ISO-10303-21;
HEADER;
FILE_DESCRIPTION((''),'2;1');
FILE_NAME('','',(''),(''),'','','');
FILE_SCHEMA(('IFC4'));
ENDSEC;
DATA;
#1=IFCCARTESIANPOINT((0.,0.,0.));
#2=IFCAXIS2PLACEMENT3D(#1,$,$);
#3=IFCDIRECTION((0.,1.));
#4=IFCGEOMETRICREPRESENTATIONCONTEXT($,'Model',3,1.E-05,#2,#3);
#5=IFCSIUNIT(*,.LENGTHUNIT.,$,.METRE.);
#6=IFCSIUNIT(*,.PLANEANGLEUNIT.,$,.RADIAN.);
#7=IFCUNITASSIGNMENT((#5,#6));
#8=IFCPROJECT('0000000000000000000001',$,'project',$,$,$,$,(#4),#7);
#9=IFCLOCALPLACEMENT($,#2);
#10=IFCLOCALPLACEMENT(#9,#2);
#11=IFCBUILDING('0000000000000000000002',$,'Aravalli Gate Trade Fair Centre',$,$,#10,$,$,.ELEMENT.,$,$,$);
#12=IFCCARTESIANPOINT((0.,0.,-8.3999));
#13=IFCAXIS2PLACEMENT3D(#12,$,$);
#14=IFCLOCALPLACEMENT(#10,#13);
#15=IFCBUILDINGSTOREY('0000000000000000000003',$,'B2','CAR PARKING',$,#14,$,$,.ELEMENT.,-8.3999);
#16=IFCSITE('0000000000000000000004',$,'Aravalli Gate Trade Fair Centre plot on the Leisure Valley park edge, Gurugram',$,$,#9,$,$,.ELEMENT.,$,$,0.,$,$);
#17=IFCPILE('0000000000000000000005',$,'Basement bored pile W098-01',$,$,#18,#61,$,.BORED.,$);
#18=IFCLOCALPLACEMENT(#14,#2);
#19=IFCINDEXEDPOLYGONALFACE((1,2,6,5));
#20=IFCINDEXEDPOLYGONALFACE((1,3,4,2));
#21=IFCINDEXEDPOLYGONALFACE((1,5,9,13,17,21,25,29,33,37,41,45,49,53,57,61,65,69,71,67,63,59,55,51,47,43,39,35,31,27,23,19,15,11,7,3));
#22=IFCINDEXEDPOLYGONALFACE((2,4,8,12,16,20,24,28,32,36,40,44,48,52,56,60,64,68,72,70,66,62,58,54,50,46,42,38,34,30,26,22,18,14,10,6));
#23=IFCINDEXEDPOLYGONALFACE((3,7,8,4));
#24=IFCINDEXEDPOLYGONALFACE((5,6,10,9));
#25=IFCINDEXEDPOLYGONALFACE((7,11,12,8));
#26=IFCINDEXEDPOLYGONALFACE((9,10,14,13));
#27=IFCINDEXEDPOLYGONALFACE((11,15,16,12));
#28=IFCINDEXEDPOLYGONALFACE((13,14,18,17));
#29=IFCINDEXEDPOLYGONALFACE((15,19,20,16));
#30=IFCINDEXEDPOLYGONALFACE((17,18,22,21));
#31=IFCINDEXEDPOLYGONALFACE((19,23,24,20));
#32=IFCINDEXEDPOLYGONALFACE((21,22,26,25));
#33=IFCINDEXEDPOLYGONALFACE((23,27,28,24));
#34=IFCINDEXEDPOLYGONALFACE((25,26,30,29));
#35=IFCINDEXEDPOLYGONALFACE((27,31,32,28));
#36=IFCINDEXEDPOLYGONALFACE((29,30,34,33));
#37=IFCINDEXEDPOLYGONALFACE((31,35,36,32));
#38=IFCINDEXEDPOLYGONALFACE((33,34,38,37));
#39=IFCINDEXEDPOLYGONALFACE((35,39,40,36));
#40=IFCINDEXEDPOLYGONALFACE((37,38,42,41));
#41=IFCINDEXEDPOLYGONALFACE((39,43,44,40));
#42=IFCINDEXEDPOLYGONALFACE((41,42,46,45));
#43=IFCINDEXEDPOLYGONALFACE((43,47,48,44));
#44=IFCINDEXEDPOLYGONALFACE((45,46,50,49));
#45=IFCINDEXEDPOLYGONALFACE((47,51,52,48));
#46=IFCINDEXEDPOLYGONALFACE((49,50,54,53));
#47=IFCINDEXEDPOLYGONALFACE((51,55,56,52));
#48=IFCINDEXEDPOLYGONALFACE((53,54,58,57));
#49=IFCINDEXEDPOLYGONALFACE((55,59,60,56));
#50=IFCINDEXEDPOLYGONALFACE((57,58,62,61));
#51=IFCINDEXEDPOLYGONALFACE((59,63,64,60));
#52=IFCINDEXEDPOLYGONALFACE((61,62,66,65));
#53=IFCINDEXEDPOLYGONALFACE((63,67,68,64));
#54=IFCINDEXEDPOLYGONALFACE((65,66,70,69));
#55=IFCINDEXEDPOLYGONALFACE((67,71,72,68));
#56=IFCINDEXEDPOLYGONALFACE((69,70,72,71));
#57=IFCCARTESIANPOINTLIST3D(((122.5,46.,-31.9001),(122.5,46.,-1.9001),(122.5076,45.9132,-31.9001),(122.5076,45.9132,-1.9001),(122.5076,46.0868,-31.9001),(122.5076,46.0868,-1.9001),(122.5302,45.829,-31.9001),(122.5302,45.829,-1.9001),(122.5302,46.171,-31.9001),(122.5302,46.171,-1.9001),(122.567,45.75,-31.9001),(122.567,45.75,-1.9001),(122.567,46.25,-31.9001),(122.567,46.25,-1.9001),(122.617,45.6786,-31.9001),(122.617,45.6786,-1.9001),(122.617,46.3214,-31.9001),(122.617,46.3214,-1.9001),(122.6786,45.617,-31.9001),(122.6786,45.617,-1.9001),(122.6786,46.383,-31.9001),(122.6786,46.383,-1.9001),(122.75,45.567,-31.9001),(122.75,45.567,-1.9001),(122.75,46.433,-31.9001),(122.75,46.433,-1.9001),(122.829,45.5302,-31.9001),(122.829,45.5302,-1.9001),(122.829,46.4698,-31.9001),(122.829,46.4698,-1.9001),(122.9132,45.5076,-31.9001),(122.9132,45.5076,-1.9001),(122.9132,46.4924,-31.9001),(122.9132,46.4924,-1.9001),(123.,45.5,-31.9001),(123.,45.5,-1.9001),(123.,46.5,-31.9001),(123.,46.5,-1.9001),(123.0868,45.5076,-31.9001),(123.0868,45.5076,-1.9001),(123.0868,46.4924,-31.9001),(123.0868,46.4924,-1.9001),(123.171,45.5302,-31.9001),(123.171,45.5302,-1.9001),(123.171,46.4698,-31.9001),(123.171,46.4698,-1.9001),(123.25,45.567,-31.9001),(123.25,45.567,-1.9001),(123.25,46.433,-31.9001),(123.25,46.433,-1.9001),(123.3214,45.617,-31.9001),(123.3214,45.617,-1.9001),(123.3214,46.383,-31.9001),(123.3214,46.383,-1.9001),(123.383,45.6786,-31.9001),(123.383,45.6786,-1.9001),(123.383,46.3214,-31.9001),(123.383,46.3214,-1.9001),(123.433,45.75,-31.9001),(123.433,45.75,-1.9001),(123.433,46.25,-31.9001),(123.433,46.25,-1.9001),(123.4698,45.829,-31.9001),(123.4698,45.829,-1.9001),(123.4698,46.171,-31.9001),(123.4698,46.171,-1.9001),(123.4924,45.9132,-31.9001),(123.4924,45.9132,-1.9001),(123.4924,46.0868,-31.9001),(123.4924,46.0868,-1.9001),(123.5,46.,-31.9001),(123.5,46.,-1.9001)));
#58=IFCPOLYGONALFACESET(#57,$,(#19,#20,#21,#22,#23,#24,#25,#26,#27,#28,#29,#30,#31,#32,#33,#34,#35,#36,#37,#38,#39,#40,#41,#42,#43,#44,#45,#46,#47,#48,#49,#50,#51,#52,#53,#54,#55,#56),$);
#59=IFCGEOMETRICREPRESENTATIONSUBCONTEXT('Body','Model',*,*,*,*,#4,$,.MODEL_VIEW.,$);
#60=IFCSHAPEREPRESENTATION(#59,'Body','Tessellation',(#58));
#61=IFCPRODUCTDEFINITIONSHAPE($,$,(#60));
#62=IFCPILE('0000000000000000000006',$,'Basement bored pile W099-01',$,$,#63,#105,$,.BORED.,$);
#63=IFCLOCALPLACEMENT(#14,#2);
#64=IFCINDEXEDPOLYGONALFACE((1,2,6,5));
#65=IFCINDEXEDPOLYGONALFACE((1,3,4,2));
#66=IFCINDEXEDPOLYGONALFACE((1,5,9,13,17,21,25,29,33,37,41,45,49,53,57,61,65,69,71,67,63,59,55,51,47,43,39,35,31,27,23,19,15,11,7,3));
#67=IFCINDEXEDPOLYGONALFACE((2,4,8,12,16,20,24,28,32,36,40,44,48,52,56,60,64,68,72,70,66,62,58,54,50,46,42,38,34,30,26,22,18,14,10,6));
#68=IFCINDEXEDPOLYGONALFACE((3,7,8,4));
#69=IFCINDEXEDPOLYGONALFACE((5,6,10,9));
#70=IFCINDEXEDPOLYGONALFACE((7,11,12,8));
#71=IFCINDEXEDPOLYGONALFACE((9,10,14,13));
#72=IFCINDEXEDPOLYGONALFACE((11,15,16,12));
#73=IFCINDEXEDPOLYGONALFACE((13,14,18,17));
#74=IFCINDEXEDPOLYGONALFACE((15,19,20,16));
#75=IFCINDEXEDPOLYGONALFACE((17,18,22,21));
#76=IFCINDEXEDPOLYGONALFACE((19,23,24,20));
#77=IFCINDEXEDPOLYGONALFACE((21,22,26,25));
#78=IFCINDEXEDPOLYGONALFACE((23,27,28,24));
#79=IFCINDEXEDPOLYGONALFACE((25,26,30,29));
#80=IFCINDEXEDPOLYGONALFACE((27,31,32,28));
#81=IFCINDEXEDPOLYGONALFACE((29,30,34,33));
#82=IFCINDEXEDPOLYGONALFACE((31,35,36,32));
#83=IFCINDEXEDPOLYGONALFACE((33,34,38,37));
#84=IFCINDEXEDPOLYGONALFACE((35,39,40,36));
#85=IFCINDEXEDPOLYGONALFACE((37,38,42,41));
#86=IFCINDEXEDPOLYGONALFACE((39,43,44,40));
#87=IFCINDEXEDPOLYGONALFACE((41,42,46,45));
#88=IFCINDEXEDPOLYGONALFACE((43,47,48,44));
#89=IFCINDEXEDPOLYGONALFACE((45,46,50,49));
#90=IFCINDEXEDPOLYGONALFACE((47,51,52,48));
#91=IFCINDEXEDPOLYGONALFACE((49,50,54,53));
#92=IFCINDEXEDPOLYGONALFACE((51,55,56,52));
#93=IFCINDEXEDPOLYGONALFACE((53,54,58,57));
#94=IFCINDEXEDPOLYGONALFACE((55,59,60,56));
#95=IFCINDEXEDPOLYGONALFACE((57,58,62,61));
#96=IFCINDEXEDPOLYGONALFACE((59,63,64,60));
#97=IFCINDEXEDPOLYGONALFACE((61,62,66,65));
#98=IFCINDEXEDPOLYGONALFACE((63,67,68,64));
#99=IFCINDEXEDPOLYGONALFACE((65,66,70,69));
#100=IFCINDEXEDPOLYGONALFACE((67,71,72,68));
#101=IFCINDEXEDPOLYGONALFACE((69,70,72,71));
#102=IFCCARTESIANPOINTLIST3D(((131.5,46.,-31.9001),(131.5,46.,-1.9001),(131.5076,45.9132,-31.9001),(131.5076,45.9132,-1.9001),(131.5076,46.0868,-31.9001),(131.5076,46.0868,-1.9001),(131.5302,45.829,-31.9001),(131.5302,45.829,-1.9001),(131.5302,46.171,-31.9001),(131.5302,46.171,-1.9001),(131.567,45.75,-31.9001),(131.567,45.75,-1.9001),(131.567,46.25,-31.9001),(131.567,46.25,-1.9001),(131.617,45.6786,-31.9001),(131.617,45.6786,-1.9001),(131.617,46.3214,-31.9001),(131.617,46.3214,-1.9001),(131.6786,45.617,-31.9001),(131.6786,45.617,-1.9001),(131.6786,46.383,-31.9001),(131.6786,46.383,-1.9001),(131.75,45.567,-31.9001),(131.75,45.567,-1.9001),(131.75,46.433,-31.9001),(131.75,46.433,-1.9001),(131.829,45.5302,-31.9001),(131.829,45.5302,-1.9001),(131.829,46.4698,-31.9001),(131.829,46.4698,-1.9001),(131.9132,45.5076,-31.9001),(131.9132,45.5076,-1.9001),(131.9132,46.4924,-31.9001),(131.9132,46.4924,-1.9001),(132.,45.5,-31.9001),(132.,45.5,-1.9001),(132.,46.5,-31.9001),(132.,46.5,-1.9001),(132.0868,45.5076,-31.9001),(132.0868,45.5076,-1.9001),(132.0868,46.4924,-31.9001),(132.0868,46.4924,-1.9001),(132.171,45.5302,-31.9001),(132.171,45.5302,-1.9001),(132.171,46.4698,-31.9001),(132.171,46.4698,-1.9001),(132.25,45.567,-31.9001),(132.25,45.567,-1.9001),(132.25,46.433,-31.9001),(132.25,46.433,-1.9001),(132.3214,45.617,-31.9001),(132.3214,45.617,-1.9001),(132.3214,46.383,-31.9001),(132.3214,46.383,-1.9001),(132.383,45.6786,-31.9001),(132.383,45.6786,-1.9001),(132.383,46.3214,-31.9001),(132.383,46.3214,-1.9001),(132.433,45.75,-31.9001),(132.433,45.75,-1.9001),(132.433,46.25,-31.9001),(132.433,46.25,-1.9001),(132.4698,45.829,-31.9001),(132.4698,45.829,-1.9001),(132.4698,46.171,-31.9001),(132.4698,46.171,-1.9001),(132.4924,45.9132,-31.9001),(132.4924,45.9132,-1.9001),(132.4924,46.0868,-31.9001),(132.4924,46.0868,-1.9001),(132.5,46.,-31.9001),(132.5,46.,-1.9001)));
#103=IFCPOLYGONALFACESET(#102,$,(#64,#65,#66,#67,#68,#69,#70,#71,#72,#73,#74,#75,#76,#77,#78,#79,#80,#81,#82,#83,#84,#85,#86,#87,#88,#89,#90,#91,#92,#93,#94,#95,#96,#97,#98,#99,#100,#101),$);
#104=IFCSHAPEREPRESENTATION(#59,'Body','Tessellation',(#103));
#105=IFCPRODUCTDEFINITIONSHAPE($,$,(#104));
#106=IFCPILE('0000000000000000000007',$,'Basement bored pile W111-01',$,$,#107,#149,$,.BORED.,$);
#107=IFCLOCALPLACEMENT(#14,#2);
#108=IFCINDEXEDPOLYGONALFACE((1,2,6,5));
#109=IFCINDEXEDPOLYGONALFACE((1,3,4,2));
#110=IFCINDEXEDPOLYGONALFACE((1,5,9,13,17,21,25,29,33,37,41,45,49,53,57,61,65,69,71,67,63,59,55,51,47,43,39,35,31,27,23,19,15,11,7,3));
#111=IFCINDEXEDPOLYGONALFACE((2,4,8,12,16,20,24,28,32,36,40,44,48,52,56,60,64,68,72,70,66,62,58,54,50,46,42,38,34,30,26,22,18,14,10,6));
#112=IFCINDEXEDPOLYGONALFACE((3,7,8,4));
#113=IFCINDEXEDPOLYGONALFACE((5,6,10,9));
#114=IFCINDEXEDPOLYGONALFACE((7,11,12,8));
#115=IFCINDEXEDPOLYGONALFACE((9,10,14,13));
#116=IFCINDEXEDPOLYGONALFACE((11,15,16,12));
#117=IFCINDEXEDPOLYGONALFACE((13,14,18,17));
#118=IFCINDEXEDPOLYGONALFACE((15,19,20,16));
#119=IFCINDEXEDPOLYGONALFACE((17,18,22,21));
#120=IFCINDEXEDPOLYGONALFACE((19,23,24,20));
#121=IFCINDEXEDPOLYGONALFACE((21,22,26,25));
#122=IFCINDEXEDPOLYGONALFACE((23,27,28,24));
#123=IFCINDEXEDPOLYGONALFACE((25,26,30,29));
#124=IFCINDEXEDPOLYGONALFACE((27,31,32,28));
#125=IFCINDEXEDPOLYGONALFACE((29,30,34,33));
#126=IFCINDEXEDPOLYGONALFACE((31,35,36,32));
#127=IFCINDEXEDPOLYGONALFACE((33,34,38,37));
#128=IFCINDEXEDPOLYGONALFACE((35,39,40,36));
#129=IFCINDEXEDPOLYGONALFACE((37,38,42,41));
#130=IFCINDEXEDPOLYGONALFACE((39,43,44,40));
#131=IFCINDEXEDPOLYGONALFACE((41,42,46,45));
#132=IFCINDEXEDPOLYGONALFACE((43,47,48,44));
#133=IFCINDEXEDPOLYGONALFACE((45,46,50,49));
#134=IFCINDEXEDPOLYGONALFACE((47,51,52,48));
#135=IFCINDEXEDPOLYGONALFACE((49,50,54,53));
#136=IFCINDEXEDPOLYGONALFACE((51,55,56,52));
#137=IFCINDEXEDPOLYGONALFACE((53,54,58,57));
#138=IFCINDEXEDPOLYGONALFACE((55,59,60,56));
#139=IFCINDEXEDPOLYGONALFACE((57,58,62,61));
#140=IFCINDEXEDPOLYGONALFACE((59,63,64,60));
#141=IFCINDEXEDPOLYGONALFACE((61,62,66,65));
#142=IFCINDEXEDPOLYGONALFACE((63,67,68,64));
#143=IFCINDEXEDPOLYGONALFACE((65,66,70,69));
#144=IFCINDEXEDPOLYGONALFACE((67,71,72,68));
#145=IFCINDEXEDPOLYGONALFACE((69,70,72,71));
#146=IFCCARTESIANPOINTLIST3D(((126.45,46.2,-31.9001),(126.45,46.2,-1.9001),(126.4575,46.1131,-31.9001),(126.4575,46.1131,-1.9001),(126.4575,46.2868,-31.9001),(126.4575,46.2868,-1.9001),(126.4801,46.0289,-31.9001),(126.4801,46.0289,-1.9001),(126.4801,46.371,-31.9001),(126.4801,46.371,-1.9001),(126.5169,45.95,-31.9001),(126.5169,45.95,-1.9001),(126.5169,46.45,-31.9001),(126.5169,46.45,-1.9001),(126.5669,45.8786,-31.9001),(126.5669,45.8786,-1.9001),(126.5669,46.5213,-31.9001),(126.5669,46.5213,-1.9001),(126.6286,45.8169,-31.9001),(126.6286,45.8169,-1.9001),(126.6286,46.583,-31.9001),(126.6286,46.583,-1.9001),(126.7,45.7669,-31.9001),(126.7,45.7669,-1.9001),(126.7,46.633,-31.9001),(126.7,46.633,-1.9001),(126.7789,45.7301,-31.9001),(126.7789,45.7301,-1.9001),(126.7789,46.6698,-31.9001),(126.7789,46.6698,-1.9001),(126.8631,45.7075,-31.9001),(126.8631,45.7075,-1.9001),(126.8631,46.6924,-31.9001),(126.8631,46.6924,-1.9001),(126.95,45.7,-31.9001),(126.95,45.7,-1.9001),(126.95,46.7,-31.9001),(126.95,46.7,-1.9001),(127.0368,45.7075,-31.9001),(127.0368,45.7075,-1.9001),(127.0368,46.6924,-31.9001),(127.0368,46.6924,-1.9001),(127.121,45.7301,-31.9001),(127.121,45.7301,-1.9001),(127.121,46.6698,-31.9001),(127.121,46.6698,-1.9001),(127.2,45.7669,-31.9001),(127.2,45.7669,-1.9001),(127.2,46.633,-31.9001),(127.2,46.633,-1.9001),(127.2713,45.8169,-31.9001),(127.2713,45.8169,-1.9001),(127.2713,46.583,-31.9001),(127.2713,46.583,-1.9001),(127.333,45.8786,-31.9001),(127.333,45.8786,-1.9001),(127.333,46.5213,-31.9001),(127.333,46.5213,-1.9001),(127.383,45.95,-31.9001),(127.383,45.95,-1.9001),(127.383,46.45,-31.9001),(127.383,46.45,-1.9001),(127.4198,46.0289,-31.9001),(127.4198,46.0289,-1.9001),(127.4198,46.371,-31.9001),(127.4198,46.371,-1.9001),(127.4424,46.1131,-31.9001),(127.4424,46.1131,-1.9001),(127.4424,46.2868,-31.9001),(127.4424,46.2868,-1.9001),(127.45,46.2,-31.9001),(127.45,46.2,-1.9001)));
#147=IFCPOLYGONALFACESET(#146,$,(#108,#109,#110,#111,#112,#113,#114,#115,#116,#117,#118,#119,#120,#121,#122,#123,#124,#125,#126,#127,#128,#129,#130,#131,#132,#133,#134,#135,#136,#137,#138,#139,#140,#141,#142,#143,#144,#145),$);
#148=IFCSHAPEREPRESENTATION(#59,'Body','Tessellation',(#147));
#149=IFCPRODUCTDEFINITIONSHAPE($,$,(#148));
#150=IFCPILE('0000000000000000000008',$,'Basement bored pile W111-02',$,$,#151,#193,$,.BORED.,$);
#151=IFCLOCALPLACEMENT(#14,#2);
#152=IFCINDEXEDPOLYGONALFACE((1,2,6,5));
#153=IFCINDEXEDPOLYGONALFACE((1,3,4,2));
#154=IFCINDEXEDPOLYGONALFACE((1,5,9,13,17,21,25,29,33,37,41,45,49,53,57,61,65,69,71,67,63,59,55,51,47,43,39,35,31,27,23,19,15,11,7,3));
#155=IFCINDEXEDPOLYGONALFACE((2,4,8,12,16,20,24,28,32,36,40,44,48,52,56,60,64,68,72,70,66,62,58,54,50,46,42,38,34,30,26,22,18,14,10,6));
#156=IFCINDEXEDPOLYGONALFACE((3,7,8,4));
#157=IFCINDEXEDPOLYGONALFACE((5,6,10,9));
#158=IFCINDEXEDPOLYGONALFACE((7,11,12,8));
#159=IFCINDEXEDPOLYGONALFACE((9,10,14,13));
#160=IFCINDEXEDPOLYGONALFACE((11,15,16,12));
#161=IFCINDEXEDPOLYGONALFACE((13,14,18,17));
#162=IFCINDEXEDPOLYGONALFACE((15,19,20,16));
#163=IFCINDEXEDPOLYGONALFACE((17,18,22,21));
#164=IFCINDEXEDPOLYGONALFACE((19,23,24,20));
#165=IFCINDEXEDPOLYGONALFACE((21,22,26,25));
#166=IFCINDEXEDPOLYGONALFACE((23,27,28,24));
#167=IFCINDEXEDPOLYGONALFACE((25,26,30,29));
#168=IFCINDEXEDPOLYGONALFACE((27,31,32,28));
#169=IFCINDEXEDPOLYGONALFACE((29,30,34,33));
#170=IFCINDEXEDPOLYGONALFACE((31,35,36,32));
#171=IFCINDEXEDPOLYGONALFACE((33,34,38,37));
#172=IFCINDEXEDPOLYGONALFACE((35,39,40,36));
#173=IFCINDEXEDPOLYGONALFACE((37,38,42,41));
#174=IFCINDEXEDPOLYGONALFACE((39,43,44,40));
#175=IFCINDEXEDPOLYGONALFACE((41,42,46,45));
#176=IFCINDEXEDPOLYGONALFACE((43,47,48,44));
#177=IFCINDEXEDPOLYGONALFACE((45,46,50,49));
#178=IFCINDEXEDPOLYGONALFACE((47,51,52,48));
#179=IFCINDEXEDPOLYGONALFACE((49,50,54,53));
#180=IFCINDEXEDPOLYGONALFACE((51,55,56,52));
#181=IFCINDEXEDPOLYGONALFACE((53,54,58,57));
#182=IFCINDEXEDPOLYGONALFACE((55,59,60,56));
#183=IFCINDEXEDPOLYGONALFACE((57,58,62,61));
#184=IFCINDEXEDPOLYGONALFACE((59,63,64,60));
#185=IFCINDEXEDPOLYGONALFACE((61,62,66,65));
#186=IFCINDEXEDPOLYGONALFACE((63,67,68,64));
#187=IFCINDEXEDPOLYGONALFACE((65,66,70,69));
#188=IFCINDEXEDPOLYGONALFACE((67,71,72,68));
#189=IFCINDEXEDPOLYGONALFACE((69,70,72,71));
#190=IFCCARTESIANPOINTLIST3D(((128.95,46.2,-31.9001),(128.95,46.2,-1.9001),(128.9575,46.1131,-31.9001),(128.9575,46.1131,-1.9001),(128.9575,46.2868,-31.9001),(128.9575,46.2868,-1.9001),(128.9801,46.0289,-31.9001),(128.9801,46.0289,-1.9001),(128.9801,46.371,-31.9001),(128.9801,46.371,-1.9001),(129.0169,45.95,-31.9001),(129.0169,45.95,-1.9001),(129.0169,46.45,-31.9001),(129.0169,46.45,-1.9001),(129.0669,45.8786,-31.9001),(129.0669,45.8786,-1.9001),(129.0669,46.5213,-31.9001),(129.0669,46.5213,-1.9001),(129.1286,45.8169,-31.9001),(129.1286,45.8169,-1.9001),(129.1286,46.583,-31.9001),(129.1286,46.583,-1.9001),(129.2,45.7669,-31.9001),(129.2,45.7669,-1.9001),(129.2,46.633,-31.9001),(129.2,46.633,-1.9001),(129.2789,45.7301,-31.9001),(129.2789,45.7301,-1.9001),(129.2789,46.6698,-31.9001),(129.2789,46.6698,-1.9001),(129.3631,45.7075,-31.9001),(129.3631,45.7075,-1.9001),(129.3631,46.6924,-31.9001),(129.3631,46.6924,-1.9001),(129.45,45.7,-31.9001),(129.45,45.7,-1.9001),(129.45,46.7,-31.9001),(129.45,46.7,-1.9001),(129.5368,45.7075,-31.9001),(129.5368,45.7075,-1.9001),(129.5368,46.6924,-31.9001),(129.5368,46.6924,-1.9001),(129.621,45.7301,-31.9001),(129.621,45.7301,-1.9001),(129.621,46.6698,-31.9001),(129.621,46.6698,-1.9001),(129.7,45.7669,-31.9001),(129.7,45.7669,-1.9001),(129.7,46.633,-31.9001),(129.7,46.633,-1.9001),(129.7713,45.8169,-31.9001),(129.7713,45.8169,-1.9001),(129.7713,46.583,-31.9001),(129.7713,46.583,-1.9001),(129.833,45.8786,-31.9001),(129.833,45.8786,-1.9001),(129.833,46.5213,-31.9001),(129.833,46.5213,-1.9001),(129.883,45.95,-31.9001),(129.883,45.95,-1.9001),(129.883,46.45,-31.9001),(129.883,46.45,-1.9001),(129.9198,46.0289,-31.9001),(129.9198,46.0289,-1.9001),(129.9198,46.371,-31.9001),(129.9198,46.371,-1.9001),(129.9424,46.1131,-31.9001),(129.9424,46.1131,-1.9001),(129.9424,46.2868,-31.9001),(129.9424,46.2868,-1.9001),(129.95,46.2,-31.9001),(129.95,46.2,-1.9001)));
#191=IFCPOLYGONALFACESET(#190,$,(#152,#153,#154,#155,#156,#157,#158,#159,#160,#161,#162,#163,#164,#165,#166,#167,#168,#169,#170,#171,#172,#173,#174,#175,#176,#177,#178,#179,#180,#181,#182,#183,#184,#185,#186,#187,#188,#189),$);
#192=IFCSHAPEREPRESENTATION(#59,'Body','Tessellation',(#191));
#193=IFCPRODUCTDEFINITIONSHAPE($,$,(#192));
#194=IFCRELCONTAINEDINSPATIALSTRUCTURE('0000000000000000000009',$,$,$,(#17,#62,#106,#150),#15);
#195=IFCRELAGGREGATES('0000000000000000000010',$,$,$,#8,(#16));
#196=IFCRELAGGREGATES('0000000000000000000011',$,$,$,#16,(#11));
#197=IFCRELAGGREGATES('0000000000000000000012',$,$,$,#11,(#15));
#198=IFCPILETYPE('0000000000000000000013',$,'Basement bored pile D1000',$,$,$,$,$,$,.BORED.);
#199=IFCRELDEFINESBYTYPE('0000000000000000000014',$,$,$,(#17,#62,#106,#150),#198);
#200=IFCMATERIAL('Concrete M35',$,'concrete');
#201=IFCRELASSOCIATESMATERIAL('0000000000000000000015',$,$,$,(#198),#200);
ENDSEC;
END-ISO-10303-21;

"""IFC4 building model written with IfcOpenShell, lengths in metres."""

from ifc_helpers import new_model, si_unit, direction, frame, origin, origin_2d, place, context, subcontext, project, spatial, circle, extrude, material, material_profile, profile_set, type_object, element, save


model = new_model("IFC4")

# Units and contexts
model_context = context("Model", 3, precision=1e-05, world=origin(), true_north=direction((0.0, 1.0)))
body_context = subcontext(model_context, "Body", "Model", "MODEL_VIEW")
ifc_project = project(units=[si_unit("LENGTHUNIT", "METRE"), si_unit("PLANEANGLEUNIT", "RADIAN")], contexts=[model_context])

# Site, building, storey
site_placement = place(None, origin())
site = spatial("IfcSite", under=ifc_project, at=site_placement, Name="Aravalli Gate Trade Fair Centre plot on the Leisure Valley park edge, Gurugram", CompositionType="ELEMENT", RefElevation=0.0)
building_placement = place(site_placement, origin())
building = spatial("IfcBuilding", under=site, at=building_placement, Name="Aravalli Gate Trade Fair Centre", CompositionType="ELEMENT")
storey_placement = place(building_placement, frame((0.0, 0.0, -8.3999)))
storey = spatial("IfcBuildingStorey", under=building, at=storey_placement, Name="B2", Description="CAR PARKING", CompositionType="ELEMENT", Elevation=-8.3999)

# Piles
ifc_material_1 = material(Name="Concrete M35", Category="concrete")
ifc_material_profile_1 = material_profile(ifc_material_1, circle(Radius=0.5, at=origin_2d()), Name="D1000")
ifc_profile_set_1 = profile_set([ifc_material_profile_1], Name="Concrete M35")
pile_type = type_object("IfcPileType", Name="Basement bored pile D1000", PredefinedType="BORED", material=ifc_profile_set_1)
for number, where, z_axis, x_axis, name in (
    (1, (123.0, 46.0, -1.9001), (0.0, 0.0, -1.0), (1.0, 0.0, 0.0), "Basement bored pile W098-01"),
    (2, (132.0, 46.0, -1.9001), (0.0, 0.0, -1.0), (1.0, 0.0, 0.0), "Basement bored pile W099-01"),
    (3, (126.95, 46.2, -1.9001), (0.0, 0.0, -1.0), (1.0, 0.0, 0.0), "Basement bored pile W111-01"),
    (4, (129.45, 46.2, -1.9001), (0.0, 0.0, -1.0), (1.0, 0.0, 0.0), "Basement bored pile W111-02"),
):
    element("IfcPile", number, at=place(storey_placement, frame(where, z_axis=z_axis, x_axis=x_axis)), inside=storey, type_object=pile_type, Name=name, PredefinedType="BORED", context=body_context, shape_type="SweptSolid", body=[
        extrude(circle(Radius=0.5, at=origin_2d()), origin(), (0.0, 0.0, 1.0), 30.0),
    ])

save(model, "model.ifc")
